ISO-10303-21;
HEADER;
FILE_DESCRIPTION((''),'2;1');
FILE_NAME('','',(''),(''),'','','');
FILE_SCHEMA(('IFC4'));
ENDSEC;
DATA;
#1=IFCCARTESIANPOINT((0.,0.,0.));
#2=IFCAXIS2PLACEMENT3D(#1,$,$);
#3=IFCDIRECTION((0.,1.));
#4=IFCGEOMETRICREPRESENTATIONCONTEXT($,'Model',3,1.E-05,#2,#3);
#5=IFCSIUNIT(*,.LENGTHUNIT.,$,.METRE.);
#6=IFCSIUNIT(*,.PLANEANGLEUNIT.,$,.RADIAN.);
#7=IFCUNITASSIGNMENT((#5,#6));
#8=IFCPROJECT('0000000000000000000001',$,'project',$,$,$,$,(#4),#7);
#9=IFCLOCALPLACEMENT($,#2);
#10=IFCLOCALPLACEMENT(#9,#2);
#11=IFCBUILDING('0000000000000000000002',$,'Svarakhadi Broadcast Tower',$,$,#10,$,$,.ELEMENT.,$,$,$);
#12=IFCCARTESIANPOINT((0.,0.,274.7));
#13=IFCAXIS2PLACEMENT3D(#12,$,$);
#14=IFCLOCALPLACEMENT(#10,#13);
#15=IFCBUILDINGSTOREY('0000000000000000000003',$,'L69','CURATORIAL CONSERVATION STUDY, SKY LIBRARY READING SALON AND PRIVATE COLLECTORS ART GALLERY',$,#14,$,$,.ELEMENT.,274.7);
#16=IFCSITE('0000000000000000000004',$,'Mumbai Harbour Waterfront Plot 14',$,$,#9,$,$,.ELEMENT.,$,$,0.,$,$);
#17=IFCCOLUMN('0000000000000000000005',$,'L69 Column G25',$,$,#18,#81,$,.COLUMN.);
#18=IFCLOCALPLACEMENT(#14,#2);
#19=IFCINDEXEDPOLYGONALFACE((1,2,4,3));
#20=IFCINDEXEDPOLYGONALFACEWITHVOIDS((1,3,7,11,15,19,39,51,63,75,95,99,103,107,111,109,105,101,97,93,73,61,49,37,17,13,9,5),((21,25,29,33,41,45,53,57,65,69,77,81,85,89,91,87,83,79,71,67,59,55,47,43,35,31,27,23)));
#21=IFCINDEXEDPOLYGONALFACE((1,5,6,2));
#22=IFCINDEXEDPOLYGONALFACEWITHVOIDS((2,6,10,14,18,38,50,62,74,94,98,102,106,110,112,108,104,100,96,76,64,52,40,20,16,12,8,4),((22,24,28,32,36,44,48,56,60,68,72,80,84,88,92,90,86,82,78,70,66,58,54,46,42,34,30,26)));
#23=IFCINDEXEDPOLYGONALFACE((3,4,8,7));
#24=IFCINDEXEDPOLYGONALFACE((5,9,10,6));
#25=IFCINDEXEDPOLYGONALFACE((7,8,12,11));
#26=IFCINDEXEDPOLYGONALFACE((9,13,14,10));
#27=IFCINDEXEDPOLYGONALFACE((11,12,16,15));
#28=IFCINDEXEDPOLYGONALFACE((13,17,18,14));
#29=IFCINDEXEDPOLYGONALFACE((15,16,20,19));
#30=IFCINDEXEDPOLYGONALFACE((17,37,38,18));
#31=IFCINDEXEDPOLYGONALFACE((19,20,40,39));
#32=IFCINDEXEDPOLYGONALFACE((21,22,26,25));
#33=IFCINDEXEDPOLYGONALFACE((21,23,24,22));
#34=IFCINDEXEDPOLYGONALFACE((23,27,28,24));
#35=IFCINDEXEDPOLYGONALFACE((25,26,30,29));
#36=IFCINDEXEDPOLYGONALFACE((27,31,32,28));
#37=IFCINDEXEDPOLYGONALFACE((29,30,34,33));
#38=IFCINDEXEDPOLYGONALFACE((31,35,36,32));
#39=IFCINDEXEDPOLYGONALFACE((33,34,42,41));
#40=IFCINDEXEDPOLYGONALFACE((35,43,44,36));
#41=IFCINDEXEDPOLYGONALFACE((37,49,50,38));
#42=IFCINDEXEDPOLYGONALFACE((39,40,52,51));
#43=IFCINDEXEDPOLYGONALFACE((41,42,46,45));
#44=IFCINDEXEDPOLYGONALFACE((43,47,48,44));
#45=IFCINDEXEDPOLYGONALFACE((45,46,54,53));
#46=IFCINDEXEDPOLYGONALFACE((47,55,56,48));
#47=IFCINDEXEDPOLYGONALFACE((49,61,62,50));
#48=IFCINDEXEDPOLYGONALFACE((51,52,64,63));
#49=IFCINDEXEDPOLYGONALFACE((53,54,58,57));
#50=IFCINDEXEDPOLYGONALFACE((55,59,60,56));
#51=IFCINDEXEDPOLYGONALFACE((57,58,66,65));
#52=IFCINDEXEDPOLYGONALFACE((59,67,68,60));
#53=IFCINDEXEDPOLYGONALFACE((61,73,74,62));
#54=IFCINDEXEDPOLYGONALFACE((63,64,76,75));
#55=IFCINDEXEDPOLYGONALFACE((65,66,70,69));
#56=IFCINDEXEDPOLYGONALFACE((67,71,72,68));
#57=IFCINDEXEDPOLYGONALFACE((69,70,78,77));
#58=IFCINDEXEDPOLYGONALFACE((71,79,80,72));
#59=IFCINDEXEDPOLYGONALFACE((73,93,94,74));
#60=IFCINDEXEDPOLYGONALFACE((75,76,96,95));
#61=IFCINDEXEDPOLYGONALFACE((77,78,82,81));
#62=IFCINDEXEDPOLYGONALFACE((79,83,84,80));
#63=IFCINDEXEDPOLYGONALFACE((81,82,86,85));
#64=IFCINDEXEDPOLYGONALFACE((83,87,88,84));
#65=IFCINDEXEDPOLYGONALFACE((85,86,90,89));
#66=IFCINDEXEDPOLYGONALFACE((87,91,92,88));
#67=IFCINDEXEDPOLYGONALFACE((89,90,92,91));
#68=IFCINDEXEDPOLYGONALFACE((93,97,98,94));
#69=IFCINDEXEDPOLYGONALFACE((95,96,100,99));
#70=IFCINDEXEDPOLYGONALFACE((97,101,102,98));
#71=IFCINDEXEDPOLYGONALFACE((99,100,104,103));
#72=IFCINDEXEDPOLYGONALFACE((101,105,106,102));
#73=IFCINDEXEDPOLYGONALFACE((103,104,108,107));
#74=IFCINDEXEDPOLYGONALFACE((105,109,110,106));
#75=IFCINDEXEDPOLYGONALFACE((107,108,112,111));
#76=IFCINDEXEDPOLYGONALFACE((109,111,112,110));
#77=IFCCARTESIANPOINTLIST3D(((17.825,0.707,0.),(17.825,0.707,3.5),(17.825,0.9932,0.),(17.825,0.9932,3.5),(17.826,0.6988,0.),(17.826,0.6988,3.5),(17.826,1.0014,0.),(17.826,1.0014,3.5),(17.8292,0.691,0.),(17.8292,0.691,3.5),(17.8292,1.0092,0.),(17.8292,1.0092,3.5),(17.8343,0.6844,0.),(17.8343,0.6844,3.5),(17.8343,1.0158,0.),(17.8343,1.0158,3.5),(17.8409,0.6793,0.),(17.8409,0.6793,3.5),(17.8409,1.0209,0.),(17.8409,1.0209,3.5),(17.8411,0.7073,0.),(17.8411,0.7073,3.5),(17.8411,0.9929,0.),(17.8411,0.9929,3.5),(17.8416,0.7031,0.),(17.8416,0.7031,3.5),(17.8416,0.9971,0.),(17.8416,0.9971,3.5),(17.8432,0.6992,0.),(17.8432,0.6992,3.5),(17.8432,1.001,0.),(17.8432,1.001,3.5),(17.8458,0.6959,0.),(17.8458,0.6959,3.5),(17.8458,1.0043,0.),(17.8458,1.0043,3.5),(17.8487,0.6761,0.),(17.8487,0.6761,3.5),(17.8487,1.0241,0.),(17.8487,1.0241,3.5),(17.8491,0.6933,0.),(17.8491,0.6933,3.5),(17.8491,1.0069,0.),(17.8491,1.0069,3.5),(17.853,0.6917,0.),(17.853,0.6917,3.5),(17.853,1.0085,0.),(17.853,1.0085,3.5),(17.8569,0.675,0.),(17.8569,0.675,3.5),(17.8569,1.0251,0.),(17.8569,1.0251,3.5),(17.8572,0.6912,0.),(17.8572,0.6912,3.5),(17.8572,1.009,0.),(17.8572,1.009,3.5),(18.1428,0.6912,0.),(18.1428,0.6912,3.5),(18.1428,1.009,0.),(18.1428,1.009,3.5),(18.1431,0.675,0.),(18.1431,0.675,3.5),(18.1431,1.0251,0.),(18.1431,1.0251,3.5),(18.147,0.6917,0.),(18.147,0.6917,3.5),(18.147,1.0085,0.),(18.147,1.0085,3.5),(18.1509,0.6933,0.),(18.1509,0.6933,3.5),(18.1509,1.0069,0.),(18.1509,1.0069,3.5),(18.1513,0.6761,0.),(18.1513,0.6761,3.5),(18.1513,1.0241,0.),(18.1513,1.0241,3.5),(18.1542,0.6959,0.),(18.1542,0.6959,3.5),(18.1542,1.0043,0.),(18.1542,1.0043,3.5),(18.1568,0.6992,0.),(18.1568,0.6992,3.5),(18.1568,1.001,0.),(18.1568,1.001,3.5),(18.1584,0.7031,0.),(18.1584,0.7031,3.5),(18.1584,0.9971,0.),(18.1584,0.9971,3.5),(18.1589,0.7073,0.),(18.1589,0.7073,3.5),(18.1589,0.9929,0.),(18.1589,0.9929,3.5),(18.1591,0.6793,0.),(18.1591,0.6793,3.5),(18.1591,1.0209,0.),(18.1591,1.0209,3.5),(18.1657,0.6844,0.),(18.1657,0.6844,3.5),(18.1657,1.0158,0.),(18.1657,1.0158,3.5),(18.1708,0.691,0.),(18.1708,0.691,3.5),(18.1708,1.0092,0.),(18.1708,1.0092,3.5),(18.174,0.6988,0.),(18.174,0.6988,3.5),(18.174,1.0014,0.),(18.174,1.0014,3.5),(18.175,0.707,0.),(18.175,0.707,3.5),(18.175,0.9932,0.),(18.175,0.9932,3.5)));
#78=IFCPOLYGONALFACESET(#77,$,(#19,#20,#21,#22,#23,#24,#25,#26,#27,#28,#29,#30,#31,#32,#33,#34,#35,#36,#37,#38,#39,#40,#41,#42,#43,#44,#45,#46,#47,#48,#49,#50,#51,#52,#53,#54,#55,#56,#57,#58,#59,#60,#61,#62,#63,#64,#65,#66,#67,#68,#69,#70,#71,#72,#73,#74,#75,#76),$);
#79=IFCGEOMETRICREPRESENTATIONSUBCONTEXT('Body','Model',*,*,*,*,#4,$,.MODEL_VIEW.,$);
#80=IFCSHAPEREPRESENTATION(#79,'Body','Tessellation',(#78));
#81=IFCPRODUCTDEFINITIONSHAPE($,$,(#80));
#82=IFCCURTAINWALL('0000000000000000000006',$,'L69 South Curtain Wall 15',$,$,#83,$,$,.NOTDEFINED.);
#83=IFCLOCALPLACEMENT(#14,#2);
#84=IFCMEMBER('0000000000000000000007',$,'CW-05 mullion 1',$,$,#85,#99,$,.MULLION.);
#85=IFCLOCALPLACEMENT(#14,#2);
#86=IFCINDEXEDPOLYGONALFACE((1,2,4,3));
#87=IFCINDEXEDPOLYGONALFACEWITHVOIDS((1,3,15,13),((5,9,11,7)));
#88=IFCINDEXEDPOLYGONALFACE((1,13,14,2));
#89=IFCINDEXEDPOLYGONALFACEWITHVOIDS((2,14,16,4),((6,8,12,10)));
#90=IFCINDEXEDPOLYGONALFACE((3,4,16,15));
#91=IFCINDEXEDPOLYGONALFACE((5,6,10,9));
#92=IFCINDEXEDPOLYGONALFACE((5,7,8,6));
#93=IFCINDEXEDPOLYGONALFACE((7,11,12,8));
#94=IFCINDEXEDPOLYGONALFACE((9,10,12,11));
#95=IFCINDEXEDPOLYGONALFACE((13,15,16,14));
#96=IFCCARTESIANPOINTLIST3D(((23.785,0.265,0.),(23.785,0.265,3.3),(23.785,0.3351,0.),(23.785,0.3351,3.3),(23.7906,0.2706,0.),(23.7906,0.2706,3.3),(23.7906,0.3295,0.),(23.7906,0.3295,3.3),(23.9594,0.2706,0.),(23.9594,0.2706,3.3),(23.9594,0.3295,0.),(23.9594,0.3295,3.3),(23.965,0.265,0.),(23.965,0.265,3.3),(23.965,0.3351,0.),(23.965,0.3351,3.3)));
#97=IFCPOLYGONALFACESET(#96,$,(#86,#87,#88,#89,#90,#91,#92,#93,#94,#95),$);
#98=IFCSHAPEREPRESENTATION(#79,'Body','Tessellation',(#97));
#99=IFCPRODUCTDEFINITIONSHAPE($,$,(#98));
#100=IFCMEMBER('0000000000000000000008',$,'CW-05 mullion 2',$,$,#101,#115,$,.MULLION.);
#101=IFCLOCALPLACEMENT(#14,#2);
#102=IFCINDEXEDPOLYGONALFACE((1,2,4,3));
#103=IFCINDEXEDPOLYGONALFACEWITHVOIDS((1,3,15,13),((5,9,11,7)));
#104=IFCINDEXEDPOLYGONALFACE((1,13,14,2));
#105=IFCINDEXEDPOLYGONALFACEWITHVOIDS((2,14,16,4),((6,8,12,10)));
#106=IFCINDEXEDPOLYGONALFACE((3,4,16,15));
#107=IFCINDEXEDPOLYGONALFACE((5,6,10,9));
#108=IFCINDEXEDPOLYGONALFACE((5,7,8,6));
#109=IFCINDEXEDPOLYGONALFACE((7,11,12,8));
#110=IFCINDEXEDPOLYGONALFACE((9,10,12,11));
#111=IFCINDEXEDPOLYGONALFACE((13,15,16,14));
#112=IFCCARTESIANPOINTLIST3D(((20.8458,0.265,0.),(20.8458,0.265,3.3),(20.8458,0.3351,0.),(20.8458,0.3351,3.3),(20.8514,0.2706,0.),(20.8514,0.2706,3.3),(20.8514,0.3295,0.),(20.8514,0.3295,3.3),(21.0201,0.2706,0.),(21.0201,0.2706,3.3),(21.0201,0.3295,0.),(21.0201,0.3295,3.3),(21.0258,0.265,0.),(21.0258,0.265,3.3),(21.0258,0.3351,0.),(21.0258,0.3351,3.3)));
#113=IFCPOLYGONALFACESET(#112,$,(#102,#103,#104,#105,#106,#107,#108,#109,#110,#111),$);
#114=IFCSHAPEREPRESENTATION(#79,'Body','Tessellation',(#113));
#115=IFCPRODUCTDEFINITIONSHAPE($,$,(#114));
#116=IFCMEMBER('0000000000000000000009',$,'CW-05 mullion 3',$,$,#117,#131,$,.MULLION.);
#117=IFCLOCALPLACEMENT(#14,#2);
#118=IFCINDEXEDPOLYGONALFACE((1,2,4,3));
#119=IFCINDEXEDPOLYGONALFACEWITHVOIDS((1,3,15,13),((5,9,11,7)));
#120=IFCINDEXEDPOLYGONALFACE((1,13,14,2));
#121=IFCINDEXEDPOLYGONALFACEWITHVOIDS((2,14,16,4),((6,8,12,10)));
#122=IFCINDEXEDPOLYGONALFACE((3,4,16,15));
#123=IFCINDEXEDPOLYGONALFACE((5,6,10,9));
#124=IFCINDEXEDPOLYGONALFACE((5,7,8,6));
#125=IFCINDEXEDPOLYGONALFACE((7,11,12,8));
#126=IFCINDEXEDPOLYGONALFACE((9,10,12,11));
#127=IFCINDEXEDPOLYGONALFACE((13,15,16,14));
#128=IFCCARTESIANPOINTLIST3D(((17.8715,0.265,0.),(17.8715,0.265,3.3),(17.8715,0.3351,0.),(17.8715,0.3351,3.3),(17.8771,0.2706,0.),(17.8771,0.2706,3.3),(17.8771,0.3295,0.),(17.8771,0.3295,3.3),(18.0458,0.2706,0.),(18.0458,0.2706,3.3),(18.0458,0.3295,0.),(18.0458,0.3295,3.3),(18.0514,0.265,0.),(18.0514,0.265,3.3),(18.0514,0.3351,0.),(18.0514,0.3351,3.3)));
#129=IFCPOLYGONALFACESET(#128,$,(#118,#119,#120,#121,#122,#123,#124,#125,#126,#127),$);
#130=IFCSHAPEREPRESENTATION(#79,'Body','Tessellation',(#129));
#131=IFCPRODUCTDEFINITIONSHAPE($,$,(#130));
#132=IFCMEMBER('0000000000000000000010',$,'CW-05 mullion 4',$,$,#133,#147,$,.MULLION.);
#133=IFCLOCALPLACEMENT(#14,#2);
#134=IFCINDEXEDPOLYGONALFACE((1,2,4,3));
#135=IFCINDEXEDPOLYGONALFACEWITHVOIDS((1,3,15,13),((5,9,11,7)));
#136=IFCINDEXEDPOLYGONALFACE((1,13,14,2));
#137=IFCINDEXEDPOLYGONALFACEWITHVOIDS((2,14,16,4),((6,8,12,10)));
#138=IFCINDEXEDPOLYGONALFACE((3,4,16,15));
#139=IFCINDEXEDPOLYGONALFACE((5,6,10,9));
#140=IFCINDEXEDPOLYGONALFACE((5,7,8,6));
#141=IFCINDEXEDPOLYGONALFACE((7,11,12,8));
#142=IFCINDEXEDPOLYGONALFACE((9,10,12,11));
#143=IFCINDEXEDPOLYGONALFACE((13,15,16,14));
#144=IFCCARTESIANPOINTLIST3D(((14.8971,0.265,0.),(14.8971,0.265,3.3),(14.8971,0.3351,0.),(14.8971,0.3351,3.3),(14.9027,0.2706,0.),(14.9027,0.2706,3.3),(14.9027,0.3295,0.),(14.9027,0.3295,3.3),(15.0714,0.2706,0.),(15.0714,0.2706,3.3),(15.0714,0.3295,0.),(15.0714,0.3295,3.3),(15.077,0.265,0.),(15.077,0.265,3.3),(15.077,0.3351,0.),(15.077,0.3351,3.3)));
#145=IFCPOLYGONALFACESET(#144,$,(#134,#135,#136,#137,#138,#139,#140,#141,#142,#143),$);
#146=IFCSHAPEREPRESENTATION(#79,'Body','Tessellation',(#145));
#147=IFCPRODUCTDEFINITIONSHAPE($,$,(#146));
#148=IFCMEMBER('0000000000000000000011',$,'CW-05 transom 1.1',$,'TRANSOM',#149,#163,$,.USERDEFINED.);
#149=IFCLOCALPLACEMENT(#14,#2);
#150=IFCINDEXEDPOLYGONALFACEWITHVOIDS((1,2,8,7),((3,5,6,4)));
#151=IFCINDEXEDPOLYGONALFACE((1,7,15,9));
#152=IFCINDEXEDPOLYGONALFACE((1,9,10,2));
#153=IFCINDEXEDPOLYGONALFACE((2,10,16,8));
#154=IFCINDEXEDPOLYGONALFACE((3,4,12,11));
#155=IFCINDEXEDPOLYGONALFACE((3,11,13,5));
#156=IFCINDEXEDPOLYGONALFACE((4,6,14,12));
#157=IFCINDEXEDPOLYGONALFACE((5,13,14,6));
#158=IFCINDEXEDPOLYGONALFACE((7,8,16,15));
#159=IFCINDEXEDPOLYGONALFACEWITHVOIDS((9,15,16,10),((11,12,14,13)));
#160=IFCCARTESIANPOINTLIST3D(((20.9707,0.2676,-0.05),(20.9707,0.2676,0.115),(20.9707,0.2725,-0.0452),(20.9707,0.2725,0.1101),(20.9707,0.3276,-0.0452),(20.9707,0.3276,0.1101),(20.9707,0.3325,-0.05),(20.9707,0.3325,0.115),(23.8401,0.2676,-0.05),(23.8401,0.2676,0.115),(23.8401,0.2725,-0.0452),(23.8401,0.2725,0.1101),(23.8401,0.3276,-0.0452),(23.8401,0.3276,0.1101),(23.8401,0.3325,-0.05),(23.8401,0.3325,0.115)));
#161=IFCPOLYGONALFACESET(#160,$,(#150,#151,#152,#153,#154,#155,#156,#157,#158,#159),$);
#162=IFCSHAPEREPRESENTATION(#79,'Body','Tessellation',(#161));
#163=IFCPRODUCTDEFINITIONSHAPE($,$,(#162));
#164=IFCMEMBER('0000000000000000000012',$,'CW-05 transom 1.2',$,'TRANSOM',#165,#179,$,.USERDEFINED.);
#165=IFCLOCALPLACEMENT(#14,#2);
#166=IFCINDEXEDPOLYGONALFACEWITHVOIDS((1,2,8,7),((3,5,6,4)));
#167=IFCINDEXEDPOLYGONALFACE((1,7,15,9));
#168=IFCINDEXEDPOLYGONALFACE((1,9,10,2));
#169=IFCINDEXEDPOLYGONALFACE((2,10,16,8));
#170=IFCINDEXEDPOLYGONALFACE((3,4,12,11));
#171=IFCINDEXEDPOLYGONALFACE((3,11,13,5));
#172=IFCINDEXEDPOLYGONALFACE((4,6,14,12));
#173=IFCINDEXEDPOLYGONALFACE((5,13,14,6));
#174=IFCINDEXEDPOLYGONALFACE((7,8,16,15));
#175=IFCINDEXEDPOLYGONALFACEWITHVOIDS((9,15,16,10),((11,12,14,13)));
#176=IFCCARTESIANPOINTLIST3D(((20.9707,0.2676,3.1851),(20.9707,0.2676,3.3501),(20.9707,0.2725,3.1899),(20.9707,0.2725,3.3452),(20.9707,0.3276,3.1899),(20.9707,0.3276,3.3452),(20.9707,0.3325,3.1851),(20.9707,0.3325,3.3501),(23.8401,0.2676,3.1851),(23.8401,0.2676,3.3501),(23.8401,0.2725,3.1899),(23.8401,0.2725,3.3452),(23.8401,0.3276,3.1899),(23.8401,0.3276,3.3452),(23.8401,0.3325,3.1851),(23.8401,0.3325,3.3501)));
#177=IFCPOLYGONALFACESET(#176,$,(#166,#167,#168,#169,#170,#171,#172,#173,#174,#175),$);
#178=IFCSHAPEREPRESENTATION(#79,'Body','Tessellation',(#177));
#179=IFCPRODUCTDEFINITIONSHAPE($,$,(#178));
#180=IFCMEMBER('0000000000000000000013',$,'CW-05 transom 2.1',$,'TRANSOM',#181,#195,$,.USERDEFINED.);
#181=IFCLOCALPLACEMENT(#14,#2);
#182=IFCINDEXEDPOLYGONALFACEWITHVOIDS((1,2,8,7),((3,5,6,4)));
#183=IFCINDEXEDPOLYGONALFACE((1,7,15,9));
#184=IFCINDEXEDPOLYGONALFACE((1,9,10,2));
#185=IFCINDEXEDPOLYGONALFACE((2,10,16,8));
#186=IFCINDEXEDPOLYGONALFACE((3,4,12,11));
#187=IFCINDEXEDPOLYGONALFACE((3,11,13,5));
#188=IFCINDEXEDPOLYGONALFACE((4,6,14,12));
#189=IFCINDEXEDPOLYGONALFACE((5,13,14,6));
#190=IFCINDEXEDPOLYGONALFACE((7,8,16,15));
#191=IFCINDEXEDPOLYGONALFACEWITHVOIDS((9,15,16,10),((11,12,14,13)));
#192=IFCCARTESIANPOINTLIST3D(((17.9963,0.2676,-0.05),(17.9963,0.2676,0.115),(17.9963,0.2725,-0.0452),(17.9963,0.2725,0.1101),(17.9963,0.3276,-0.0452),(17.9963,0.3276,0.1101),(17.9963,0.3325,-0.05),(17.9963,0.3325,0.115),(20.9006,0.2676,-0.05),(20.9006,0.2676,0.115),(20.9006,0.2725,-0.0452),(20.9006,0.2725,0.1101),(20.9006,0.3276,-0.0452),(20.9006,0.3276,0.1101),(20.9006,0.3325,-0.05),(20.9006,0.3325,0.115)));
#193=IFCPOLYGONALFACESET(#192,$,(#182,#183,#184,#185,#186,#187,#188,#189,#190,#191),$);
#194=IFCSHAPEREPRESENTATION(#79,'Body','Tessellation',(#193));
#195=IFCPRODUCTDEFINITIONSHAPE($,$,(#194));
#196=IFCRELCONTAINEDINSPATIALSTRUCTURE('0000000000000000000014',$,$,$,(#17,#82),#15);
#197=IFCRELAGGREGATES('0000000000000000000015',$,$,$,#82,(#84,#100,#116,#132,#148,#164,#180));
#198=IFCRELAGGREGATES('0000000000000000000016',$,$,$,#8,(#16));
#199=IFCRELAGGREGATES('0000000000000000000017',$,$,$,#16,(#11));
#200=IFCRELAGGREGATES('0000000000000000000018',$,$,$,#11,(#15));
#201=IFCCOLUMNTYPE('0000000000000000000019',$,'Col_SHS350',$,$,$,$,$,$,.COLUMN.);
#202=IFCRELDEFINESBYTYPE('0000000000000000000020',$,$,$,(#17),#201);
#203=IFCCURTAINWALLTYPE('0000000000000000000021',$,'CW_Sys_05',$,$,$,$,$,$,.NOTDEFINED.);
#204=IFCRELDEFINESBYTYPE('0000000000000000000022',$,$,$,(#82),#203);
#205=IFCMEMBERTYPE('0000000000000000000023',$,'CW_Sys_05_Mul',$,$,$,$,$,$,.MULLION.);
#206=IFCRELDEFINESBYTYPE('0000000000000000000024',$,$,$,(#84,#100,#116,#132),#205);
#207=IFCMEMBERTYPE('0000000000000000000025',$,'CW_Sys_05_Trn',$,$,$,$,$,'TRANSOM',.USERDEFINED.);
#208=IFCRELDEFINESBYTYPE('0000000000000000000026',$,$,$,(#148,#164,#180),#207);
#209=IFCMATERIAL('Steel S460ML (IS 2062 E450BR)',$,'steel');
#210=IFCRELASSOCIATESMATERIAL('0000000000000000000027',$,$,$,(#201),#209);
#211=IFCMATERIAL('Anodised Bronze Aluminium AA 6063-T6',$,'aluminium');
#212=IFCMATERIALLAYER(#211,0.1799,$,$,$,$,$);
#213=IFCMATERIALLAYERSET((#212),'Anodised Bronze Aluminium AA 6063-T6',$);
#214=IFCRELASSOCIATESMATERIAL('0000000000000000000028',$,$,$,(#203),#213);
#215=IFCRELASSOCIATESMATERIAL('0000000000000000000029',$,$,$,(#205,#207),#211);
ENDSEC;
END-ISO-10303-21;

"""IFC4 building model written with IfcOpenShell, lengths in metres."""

from ifc_helpers import new_model, si_unit, direction, frame, origin, origin_2d, place, context, subcontext, project, spatial, hollow_rectangle, extrude, material, layer, layer_set, material_profile, profile_set, type_object, element, aggregate, save


model = new_model("IFC4")

# Units and contexts
model_context = context("Model", 3, precision=1e-05, world=origin(), true_north=direction((0.0, 1.0)))
body_context = subcontext(model_context, "Body", "Model", "MODEL_VIEW")
ifc_project = project(units=[si_unit("LENGTHUNIT", "METRE"), si_unit("PLANEANGLEUNIT", "RADIAN")], contexts=[model_context])

# Site, building, storey
site_placement = place(None, origin())
site = spatial("IfcSite", under=ifc_project, at=site_placement, Name="Mumbai Harbour Waterfront Plot 14", CompositionType="ELEMENT", RefElevation=0.0)
building_placement = place(site_placement, origin())
building = spatial("IfcBuilding", under=site, at=building_placement, Name="Svarakhadi Broadcast Tower", CompositionType="ELEMENT")
storey_placement = place(building_placement, frame((0.0, 0.0, 274.7)))
storey = spatial("IfcBuildingStorey", under=building, at=storey_placement, Name="L69", Description="CURATORIAL CONSERVATION STUDY, SKY LIBRARY READING SALON AND PRIVATE COLLECTORS ART GALLERY", CompositionType="ELEMENT", Elevation=274.7)

# Column
ifc_material_1 = material(Name="Steel S460ML (IS 2062 E450BR)", Category="steel")
ifc_material_profile_1 = material_profile(ifc_material_1, hollow_rectangle(XDim=0.3501, YDim=0.3501, WallThickness=0.0161, InnerFilletRadius=0.0161, OuterFilletRadius=0.032, at=origin_2d()), Name="SHS 350x350x16")
ifc_profile_set_1 = profile_set([ifc_material_profile_1], Name="Steel S460ML (IS 2062 E450BR)")
column_type = type_object("IfcColumnType", Name="Col_SHS350", PredefinedType="COLUMN", material=ifc_profile_set_1)
column_placement = place(storey_placement, frame((18.0, 0.8501, 0.0), z_axis=(0.0, 0.0, 1.0), x_axis=(1.0, 0.0, 0.0)))
element("IfcColumn", 1, at=column_placement, inside=storey, type_object=column_type, Name="L69 Column G25", PredefinedType="COLUMN", context=body_context, shape_type="SweptSolid", body=[
    extrude(hollow_rectangle(XDim=0.3501, YDim=0.3501, WallThickness=0.0161, InnerFilletRadius=0.0161, OuterFilletRadius=0.032, at=origin_2d()), origin(), (0.0, 0.0, 1.0), 3.5),
])

# Curtain wall, members
ifc_material_2 = material(Name="Anodised Bronze Aluminium AA 6063-T6", Category="aluminium")
ifc_layer_1 = layer(ifc_material_2, 0.1799)
ifc_layer_set_1 = layer_set([ifc_layer_1], Name="Anodised Bronze Aluminium AA 6063-T6")
curtain_wall_type = type_object("IfcCurtainWallType", Name="CW_Sys_05", PredefinedType="NOTDEFINED", material=ifc_layer_set_1)
curtain_wall_placement = place(storey_placement, origin())
curtain_wall = element("IfcCurtainWall", 2, at=curtain_wall_placement, inside=storey, type_object=curtain_wall_type, Name="L69 South Curtain Wall 15", PredefinedType="NOTDEFINED")
ifc_material_profile_2 = material_profile(ifc_material_2, hollow_rectangle(XDim=0.0701, YDim=0.1799, WallThickness=0.0056, at=origin_2d()), Name="ALU MULLION 180x70x6")
ifc_profile_set_2 = profile_set([ifc_material_profile_2], Name="Anodised Bronze Aluminium AA 6063-T6")
member_type_1 = type_object("IfcMemberType", Name="CW_Sys_05_Mul", PredefinedType="MULLION", material=ifc_profile_set_2)
member_1_placement = place(storey_placement, frame((23.875, 0.3, 0.0), z_axis=(0.0, 0.0, 1.0), x_axis=(0.0, -1.0, 0.0)))
member_1 = element("IfcMember", 3, at=member_1_placement, type_object=member_type_1, Name="CW-05 mullion 1", PredefinedType="MULLION", context=body_context, shape_type="SweptSolid", body=[
    extrude(hollow_rectangle(XDim=0.0701, YDim=0.1799, WallThickness=0.0056, at=origin_2d()), origin(), (0.0, 0.0, 1.0), 3.3),
])
member_2_placement = place(storey_placement, frame((20.9358, 0.3, 0.0), z_axis=(0.0, 0.0, 1.0), x_axis=(0.0, -1.0, 0.0)))
member_2 = element("IfcMember", 4, at=member_2_placement, type_object=member_type_1, Name="CW-05 mullion 2", PredefinedType="MULLION", context=body_context, shape_type="SweptSolid", body=[
    extrude(hollow_rectangle(XDim=0.0701, YDim=0.1799, WallThickness=0.0056, at=origin_2d()), origin(), (0.0, 0.0, 1.0), 3.3),
])
member_3_placement = place(storey_placement, frame((17.9614, 0.3, 0.0), z_axis=(0.0, 0.0, 1.0), x_axis=(0.0, -1.0, 0.0)))
member_3 = element("IfcMember", 5, at=member_3_placement, type_object=member_type_1, Name="CW-05 mullion 3", PredefinedType="MULLION", context=body_context, shape_type="SweptSolid", body=[
    extrude(hollow_rectangle(XDim=0.0701, YDim=0.1799, WallThickness=0.0056, at=origin_2d()), origin(), (0.0, 0.0, 1.0), 3.3),
])
member_4_placement = place(storey_placement, frame((14.9871, 0.3, 0.0), z_axis=(0.0, 0.0, 1.0), x_axis=(0.0, -1.0, 0.0)))
member_4 = element("IfcMember", 6, at=member_4_placement, type_object=member_type_1, Name="CW-05 mullion 4", PredefinedType="MULLION", context=body_context, shape_type="SweptSolid", body=[
    extrude(hollow_rectangle(XDim=0.0701, YDim=0.1799, WallThickness=0.0056, at=origin_2d()), origin(), (0.0, 0.0, 1.0), 3.3),
])
ifc_material_profile_3 = material_profile(ifc_material_2, hollow_rectangle(XDim=0.0649, YDim=0.165, WallThickness=0.0049, at=origin_2d()), Name="ALU TRANSOM 165x65x5")
ifc_profile_set_3 = profile_set([ifc_material_profile_3], Name="Anodised Bronze Aluminium AA 6063-T6")
member_type_2 = type_object("IfcMemberType", Name="CW_Sys_05_Trn", ElementType="TRANSOM", PredefinedType="USERDEFINED", material=ifc_profile_set_3)
member_5_placement = place(storey_placement, frame((23.8401, 0.3, 0.0325), z_axis=(-1.0, 0.0, 0.0), x_axis=(0.0, -1.0, 0.0)))
member_5 = element("IfcMember", 7, at=member_5_placement, type_object=member_type_2, Name="CW-05 transom 1.1", ObjectType="TRANSOM", PredefinedType="USERDEFINED", context=body_context, shape_type="SweptSolid", body=[
    extrude(hollow_rectangle(XDim=0.0649, YDim=0.165, WallThickness=0.0049, at=origin_2d()), origin(), (0.0, 0.0, 1.0), 2.8694),
])
member_6_placement = place(storey_placement, frame((23.8401, 0.3, 3.2676), z_axis=(-1.0, 0.0, 0.0), x_axis=(0.0, -1.0, 0.0)))
member_6 = element("IfcMember", 8, at=member_6_placement, type_object=member_type_2, Name="CW-05 transom 1.2", ObjectType="TRANSOM", PredefinedType="USERDEFINED", context=body_context, shape_type="SweptSolid", body=[
    extrude(hollow_rectangle(XDim=0.0649, YDim=0.165, WallThickness=0.0049, at=origin_2d()), origin(), (0.0, 0.0, 1.0), 2.8694),
])
member_7_placement = place(storey_placement, frame((20.9006, 0.3, 0.0325), z_axis=(-1.0, 0.0, 0.0), x_axis=(0.0, -1.0, 0.0)))
member_7 = element("IfcMember", 9, at=member_7_placement, type_object=member_type_2, Name="CW-05 transom 2.1", ObjectType="TRANSOM", PredefinedType="USERDEFINED", context=body_context, shape_type="SweptSolid", body=[
    extrude(hollow_rectangle(XDim=0.0649, YDim=0.165, WallThickness=0.0049, at=origin_2d()), origin(), (0.0, 0.0, 1.0), 2.9043),
])

aggregate(curtain_wall, [member_1, member_2, member_3, member_4, member_5, member_6, member_7])

save(model, "model.ifc")
